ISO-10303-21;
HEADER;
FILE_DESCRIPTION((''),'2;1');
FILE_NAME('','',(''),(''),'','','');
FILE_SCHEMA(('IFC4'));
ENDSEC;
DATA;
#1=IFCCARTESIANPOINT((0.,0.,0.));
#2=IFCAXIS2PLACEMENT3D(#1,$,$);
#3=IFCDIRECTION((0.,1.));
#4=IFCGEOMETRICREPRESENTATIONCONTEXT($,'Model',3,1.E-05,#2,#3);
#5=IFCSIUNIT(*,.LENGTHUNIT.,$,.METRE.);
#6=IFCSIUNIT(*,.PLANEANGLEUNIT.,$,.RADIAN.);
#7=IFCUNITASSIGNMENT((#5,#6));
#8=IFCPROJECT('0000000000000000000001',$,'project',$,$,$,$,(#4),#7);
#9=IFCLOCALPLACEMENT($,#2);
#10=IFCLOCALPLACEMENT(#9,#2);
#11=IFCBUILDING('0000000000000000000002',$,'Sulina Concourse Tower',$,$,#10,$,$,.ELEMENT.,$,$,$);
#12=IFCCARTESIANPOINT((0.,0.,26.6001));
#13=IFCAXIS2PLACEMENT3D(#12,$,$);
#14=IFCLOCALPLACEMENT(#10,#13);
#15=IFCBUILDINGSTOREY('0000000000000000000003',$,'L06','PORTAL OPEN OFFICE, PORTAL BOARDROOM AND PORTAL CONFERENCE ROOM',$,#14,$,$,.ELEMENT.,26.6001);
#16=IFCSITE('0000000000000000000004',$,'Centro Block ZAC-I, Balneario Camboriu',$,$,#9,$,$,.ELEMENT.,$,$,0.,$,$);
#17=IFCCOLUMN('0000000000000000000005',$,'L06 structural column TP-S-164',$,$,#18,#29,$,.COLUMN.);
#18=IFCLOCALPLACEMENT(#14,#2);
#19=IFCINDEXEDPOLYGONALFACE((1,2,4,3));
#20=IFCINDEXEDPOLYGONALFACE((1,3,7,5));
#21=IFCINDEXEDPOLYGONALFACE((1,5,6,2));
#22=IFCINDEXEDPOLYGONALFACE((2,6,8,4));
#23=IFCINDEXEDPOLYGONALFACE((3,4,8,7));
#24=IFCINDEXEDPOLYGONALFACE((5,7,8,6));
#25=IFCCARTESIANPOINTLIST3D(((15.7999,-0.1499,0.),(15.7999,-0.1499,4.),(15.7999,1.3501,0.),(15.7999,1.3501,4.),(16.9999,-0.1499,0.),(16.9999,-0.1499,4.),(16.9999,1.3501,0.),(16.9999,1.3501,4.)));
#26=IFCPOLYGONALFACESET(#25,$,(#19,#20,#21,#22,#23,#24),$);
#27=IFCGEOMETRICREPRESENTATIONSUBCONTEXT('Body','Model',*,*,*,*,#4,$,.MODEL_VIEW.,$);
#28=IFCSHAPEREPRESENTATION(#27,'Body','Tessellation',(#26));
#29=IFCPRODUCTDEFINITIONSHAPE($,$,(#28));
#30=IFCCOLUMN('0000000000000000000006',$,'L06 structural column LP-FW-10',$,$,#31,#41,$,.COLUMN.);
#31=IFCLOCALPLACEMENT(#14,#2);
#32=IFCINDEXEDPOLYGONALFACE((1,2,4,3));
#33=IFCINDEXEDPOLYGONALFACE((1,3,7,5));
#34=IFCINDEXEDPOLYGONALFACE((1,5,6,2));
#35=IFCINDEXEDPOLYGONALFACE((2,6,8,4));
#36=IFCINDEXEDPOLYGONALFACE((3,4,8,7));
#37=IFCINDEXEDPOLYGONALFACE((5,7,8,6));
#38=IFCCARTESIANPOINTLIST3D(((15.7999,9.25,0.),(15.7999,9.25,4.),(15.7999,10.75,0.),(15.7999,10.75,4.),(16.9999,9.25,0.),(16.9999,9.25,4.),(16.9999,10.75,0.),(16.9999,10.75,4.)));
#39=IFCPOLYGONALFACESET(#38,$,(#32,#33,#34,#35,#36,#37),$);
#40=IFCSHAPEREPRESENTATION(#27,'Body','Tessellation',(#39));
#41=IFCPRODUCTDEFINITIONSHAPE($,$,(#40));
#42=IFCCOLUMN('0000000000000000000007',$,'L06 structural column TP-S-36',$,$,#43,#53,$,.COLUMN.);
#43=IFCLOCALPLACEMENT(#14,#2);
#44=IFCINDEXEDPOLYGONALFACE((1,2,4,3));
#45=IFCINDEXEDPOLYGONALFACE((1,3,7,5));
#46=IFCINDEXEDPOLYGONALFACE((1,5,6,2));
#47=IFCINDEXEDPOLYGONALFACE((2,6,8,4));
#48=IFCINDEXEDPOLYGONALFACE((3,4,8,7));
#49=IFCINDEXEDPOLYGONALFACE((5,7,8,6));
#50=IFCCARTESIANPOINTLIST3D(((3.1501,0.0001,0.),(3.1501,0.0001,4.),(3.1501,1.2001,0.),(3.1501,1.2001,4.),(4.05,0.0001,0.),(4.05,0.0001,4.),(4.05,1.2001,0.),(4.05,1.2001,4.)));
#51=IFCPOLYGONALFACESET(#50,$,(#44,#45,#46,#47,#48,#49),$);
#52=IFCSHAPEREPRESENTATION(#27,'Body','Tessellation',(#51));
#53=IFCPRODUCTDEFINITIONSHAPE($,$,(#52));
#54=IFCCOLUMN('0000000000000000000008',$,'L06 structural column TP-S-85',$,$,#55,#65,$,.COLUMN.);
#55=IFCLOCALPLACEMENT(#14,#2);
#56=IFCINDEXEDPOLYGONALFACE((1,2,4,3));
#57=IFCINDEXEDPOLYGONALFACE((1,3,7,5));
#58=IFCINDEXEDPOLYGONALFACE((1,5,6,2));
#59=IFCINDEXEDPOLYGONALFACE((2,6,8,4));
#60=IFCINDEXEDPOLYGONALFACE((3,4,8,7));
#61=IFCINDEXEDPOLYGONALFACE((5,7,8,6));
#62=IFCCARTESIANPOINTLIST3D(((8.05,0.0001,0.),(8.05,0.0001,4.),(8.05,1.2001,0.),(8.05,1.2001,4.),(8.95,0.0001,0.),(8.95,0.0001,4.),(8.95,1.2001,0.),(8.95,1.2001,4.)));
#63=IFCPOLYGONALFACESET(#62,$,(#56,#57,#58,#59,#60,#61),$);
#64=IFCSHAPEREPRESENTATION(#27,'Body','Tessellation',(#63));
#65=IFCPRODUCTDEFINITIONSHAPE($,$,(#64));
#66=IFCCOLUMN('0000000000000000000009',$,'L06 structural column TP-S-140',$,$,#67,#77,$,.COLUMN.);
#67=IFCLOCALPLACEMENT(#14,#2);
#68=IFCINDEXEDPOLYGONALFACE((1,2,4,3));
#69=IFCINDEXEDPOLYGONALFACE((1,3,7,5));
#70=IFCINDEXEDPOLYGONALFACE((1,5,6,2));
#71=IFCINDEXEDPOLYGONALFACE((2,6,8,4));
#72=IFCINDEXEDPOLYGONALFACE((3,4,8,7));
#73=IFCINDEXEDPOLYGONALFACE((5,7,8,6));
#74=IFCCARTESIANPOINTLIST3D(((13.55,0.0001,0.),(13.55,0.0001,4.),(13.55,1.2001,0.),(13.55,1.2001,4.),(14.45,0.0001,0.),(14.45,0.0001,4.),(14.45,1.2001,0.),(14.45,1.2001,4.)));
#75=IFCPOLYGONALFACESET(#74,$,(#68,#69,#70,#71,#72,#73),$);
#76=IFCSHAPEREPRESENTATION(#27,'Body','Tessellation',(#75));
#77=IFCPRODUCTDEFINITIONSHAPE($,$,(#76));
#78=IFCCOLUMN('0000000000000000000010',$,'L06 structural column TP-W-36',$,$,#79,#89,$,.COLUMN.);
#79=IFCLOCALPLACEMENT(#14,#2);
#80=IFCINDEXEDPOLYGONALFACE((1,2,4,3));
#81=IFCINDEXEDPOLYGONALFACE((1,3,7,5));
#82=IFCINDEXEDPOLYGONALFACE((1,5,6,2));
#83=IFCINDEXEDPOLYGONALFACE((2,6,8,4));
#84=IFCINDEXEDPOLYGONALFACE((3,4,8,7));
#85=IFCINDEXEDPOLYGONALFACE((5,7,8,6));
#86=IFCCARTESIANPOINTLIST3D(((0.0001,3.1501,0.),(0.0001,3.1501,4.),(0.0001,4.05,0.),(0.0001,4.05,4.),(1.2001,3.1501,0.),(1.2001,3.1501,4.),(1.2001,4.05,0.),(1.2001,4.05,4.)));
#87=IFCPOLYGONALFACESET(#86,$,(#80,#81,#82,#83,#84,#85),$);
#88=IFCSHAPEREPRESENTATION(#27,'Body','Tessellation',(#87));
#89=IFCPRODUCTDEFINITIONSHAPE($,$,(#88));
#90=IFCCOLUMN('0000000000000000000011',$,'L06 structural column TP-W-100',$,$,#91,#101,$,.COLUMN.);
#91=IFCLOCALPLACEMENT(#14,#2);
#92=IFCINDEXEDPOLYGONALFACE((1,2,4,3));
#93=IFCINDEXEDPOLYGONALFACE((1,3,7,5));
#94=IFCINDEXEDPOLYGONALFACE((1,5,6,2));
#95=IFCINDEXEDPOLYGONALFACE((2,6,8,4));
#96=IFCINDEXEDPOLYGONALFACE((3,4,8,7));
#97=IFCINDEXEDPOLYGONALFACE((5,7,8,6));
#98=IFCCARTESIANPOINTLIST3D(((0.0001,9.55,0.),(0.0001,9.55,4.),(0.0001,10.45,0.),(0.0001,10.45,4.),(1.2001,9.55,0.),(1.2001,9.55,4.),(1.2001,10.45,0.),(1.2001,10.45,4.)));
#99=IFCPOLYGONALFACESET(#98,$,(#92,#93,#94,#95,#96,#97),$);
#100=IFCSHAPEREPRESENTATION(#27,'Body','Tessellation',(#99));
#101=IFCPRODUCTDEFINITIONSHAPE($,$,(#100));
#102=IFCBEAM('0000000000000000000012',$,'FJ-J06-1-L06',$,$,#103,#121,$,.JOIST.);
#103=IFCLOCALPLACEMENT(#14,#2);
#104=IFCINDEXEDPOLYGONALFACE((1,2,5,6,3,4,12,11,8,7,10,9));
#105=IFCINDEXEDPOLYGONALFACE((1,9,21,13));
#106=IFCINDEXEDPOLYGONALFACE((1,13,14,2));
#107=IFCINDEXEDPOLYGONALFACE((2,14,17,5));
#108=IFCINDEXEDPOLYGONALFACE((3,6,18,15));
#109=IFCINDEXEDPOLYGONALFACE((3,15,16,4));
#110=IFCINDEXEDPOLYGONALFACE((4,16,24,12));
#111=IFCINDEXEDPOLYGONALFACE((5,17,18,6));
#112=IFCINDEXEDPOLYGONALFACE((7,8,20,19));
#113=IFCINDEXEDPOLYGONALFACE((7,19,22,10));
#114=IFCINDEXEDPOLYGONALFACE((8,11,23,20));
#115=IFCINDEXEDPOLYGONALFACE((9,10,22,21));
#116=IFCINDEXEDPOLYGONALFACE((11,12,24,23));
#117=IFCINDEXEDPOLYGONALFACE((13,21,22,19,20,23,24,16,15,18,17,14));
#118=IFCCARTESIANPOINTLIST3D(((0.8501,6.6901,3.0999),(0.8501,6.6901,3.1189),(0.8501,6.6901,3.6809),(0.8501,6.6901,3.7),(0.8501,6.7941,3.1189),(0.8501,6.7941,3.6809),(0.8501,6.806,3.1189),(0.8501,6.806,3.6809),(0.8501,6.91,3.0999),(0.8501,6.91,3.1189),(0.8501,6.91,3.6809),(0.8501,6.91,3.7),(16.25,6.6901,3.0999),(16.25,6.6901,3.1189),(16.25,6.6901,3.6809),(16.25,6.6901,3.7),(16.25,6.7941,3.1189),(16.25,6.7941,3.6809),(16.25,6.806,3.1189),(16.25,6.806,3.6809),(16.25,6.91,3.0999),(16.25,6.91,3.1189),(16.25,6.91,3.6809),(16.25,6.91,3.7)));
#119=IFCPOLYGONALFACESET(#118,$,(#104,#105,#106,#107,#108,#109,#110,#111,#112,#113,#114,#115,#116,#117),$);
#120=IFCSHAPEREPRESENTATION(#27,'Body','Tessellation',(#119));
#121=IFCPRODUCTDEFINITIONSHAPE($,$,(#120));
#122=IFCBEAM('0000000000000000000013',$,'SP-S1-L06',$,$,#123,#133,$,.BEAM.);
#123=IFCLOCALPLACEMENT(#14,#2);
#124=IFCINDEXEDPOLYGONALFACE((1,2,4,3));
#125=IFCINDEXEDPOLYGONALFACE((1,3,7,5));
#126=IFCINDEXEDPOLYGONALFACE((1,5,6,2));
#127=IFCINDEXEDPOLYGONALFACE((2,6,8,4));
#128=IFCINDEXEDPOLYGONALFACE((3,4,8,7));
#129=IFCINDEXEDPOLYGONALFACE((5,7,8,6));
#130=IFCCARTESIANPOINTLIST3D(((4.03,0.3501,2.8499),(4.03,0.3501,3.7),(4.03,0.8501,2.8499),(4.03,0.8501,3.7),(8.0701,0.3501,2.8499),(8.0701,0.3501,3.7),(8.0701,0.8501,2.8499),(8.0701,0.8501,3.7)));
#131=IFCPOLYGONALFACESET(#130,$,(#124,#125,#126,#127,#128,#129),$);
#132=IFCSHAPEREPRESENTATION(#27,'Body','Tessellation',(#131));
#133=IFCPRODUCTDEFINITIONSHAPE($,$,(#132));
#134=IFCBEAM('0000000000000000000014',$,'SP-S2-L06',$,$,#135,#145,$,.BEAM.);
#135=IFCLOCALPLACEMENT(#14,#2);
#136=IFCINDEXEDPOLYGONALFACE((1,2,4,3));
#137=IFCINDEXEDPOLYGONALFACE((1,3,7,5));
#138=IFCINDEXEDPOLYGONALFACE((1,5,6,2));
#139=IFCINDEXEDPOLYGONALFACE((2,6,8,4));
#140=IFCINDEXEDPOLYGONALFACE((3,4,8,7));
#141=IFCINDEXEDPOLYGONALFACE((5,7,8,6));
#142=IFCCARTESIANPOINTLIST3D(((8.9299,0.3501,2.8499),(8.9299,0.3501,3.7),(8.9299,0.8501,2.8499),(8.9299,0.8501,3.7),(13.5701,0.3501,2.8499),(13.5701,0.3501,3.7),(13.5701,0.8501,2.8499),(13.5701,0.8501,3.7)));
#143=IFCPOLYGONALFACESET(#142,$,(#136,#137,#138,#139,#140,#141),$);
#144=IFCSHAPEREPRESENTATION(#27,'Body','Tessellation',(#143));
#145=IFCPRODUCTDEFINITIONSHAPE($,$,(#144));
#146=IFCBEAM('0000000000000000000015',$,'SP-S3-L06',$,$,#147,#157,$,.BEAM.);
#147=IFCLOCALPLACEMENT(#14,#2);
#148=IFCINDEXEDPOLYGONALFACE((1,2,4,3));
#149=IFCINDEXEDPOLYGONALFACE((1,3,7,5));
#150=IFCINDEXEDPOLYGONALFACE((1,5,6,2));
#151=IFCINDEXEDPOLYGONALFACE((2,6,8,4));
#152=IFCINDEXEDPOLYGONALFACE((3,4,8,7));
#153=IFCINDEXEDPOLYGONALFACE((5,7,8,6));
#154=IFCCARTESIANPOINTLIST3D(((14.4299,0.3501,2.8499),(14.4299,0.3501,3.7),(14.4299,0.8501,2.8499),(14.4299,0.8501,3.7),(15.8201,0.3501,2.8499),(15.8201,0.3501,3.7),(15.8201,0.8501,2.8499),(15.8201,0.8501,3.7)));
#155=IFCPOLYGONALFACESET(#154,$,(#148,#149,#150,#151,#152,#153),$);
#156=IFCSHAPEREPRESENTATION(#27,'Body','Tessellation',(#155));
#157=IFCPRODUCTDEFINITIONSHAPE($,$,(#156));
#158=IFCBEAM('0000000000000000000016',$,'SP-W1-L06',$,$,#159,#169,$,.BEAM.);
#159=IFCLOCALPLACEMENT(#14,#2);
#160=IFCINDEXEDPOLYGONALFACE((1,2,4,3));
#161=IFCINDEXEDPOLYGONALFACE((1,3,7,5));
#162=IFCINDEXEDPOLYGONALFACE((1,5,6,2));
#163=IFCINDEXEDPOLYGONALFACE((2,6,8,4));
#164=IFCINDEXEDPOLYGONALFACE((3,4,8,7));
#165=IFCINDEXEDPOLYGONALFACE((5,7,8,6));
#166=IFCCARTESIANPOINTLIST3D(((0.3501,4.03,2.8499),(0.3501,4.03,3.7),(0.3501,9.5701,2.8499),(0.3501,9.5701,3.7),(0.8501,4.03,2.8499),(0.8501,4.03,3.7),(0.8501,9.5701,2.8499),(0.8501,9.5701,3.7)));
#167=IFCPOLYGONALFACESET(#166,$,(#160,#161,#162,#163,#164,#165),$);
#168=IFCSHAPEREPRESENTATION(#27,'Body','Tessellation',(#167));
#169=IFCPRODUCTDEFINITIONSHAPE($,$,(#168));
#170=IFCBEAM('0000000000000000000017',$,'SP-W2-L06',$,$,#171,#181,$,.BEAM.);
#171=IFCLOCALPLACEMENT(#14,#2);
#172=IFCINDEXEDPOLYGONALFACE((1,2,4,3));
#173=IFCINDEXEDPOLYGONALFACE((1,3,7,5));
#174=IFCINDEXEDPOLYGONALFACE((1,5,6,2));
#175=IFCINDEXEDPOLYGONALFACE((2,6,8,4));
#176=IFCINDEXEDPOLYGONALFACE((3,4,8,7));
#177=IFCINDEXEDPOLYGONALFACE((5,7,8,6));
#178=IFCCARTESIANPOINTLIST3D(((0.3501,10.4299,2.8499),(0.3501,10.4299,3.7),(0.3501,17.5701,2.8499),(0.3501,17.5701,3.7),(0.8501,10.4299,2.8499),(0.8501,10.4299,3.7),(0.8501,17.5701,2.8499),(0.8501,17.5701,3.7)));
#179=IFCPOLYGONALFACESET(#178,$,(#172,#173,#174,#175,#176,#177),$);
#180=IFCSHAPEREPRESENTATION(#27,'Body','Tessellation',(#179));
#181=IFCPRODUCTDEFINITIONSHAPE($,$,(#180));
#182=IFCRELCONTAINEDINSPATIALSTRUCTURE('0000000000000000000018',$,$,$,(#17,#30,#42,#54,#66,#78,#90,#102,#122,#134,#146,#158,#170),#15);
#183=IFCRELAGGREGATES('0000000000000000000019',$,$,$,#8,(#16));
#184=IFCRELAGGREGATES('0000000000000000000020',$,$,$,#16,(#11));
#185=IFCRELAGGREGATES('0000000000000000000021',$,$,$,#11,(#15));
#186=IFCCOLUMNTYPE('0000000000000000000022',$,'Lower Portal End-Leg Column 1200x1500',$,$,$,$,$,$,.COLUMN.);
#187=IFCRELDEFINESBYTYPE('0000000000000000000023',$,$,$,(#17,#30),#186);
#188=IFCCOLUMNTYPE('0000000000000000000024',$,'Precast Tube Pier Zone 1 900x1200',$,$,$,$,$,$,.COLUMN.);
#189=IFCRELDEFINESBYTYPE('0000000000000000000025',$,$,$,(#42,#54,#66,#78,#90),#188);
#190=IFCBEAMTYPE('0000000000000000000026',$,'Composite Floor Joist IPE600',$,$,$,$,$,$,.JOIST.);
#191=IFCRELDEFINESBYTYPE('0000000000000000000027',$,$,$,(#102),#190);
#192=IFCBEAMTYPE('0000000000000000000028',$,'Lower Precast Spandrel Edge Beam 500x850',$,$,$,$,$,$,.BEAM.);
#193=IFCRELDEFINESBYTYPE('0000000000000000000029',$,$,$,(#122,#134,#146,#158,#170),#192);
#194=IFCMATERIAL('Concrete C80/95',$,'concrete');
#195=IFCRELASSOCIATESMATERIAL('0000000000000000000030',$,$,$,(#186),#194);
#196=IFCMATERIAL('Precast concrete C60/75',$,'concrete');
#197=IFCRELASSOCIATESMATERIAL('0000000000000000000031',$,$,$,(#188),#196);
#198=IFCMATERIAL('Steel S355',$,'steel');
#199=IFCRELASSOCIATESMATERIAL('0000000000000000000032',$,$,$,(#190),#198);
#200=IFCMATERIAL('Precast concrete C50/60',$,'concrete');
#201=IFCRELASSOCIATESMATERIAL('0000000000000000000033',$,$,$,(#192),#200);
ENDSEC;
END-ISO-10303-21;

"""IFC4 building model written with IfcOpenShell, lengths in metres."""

from ifc_helpers import new_model, si_unit, direction, frame, origin, origin_2d, place, context, subcontext, project, spatial, rectangle, i_section, extrude, material, material_profile, profile_set, type_object, element, save


model = new_model("IFC4")

# Units and contexts
model_context = context("Model", 3, precision=1e-05, world=origin(), true_north=direction((0.0, 1.0)))
body_context = subcontext(model_context, "Body", "Model", "MODEL_VIEW")
ifc_project = project(units=[si_unit("LENGTHUNIT", "METRE"), si_unit("PLANEANGLEUNIT", "RADIAN")], contexts=[model_context])

# Site, building, storey
site_placement = place(None, origin())
site = spatial("IfcSite", under=ifc_project, at=site_placement, Name="Centro Block ZAC-I, Balneario Camboriu", CompositionType="ELEMENT", RefElevation=0.0)
building_placement = place(site_placement, origin())
building = spatial("IfcBuilding", under=site, at=building_placement, Name="Sulina Concourse Tower", CompositionType="ELEMENT")
storey_placement = place(building_placement, frame((0.0, 0.0, 26.6001)))
storey = spatial("IfcBuildingStorey", under=building, at=storey_placement, Name="L06", Description="PORTAL OPEN OFFICE, PORTAL BOARDROOM AND PORTAL CONFERENCE ROOM", CompositionType="ELEMENT", Elevation=26.6001)

# Columns
ifc_material_1 = material(Name="Concrete C80/95", Category="concrete")
ifc_material_profile_1 = material_profile(ifc_material_1, rectangle(XDim=1.2, YDim=1.5, at=origin_2d()), Name="RC 1200x1500")
ifc_profile_set_1 = profile_set([ifc_material_profile_1], Name="Concrete C80/95")
column_type_1 = type_object("IfcColumnType", Name="Lower Portal End-Leg Column 1200x1500", PredefinedType="COLUMN", material=ifc_profile_set_1)
for number, where, z_axis, x_axis, name in (
    (1, (16.3999, 0.6001, 0.0), (0.0, 0.0, 1.0), (1.0, 0.0, 0.0), "L06 structural column TP-S-164"),
    (2, (16.3999, 10.0, 0.0), (0.0, 0.0, 1.0), (1.0, 0.0, 0.0), "L06 structural column LP-FW-10"),
):
    element("IfcColumn", number, at=place(storey_placement, frame(where, z_axis=z_axis, x_axis=x_axis)), inside=storey, type_object=column_type_1, Name=name, PredefinedType="COLUMN", context=body_context, shape_type="SweptSolid", body=[
        extrude(rectangle(XDim=1.2, YDim=1.5, at=origin_2d()), origin(), (0.0, 0.0, 1.0), 4.0),
    ])
ifc_material_2 = material(Name="Precast concrete C60/75", Category="concrete")
ifc_material_profile_2 = material_profile(ifc_material_2, rectangle(XDim=0.8999, YDim=1.2, at=origin_2d()), Name="PC 900x1200")
ifc_profile_set_2 = profile_set([ifc_material_profile_2], Name="Precast concrete C60/75")
column_type_2 = type_object("IfcColumnType", Name="Precast Tube Pier Zone 1 900x1200", PredefinedType="COLUMN", material=ifc_profile_set_2)
for number, where, z_axis, x_axis, name in (
    (3, (3.6001, 0.6001, 0.0), (0.0, 0.0, 1.0), (1.0, 0.0, 0.0), "L06 structural column TP-S-36"),
    (4, (8.5, 0.6001, 0.0), (0.0, 0.0, 1.0), (1.0, 0.0, 0.0), "L06 structural column TP-S-85"),
    (5, (14.0, 0.6001, 0.0), (0.0, 0.0, 1.0), (1.0, 0.0, 0.0), "L06 structural column TP-S-140"),
    (6, (0.6001, 3.6001, 0.0), (0.0, 0.0, 1.0), (0.0, 1.0, 0.0), "L06 structural column TP-W-36"),
    (7, (0.6001, 10.0, 0.0), (0.0, 0.0, 1.0), (0.0, 1.0, 0.0), "L06 structural column TP-W-100"),
):
    element("IfcColumn", number, at=place(storey_placement, frame(where, z_axis=z_axis, x_axis=x_axis)), inside=storey, type_object=column_type_2, Name=name, PredefinedType="COLUMN", context=body_context, shape_type="SweptSolid", body=[
        extrude(rectangle(XDim=0.8999, YDim=1.2, at=origin_2d()), origin(), (0.0, 0.0, 1.0), 4.0),
    ])

# Beams
ifc_material_3 = material(Name="Steel S355", Category="steel")
ifc_material_profile_3 = material_profile(ifc_material_3, i_section(OverallWidth=0.22, OverallDepth=0.6001, WebThickness=0.012, FlangeThickness=0.019, at=origin_2d()), Name="IPE 600")
ifc_profile_set_3 = profile_set([ifc_material_profile_3], Name="Steel S355")
beam_type_1 = type_object("IfcBeamType", Name="Composite Floor Joist IPE600", PredefinedType="JOIST", material=ifc_profile_set_3)
beam_1_placement = place(storey_placement, frame((0.8501, 6.8, 3.3999), z_axis=(1.0, 0.0, 0.0), x_axis=(0.0, 1.0, 0.0)))
element("IfcBeam", 8, at=beam_1_placement, inside=storey, type_object=beam_type_1, Name="FJ-J06-1-L06", PredefinedType="JOIST", context=body_context, shape_type="SweptSolid", body=[
    extrude(i_section(OverallWidth=0.22, OverallDepth=0.6001, WebThickness=0.012, FlangeThickness=0.019, at=origin_2d()), origin(), (0.0, 0.0, 1.0), 15.3999),
])
ifc_material_4 = material(Name="Precast concrete C50/60", Category="concrete")
ifc_material_profile_4 = material_profile(ifc_material_4, rectangle(XDim=0.5, YDim=0.8501, at=origin_2d()), Name="RC 500x850")
ifc_profile_set_4 = profile_set([ifc_material_profile_4], Name="Precast concrete C50/60")
beam_type_2 = type_object("IfcBeamType", Name="Lower Precast Spandrel Edge Beam 500x850", PredefinedType="BEAM", material=ifc_profile_set_4)
beam_2_placement = place(storey_placement, frame((4.03, 0.6001, 3.2749), z_axis=(1.0, 0.0, 0.0), x_axis=(0.0, 1.0, 0.0)))
element("IfcBeam", 9, at=beam_2_placement, inside=storey, type_object=beam_type_2, Name="SP-S1-L06", PredefinedType="BEAM", context=body_context, shape_type="SweptSolid", body=[
    extrude(rectangle(XDim=0.5, YDim=0.8501, at=origin_2d()), origin(), (0.0, 0.0, 1.0), 4.04),
])
beam_3_placement = place(storey_placement, frame((8.9299, 0.6001, 3.2749), z_axis=(1.0, 0.0, 0.0), x_axis=(0.0, 1.0, 0.0)))
element("IfcBeam", 10, at=beam_3_placement, inside=storey, type_object=beam_type_2, Name="SP-S2-L06", PredefinedType="BEAM", context=body_context, shape_type="SweptSolid", body=[
    extrude(rectangle(XDim=0.5, YDim=0.8501, at=origin_2d()), origin(), (0.0, 0.0, 1.0), 4.6401),
])
beam_4_placement = place(storey_placement, frame((14.4299, 0.6001, 3.2749), z_axis=(1.0, 0.0, 0.0), x_axis=(0.0, 1.0, 0.0)))
element("IfcBeam", 11, at=beam_4_placement, inside=storey, type_object=beam_type_2, Name="SP-S3-L06", PredefinedType="BEAM", context=body_context, shape_type="SweptSolid", body=[
    extrude(rectangle(XDim=0.5, YDim=0.8501, at=origin_2d()), origin(), (0.0, 0.0, 1.0), 1.3901),
])
beam_5_placement = place(storey_placement, frame((0.6001, 4.03, 3.2749), z_axis=(0.0, 1.0, 0.0), x_axis=(-1.0, 0.0, 0.0)))
element("IfcBeam", 12, at=beam_5_placement, inside=storey, type_object=beam_type_2, Name="SP-W1-L06", PredefinedType="BEAM", context=body_context, shape_type="SweptSolid", body=[
    extrude(rectangle(XDim=0.5, YDim=0.8501, at=origin_2d()), origin(), (0.0, 0.0, 1.0), 5.54),
])
beam_6_placement = place(storey_placement, frame((0.6001, 10.4299, 3.2749), z_axis=(0.0, 1.0, 0.0), x_axis=(-1.0, 0.0, 0.0)))
element("IfcBeam", 13, at=beam_6_placement, inside=storey, type_object=beam_type_2, Name="SP-W2-L06", PredefinedType="BEAM", context=body_context, shape_type="SweptSolid", body=[
    extrude(rectangle(XDim=0.5, YDim=0.8501, at=origin_2d()), origin(), (0.0, 0.0, 1.0), 7.1401),
])

save(model, "model.ifc")
